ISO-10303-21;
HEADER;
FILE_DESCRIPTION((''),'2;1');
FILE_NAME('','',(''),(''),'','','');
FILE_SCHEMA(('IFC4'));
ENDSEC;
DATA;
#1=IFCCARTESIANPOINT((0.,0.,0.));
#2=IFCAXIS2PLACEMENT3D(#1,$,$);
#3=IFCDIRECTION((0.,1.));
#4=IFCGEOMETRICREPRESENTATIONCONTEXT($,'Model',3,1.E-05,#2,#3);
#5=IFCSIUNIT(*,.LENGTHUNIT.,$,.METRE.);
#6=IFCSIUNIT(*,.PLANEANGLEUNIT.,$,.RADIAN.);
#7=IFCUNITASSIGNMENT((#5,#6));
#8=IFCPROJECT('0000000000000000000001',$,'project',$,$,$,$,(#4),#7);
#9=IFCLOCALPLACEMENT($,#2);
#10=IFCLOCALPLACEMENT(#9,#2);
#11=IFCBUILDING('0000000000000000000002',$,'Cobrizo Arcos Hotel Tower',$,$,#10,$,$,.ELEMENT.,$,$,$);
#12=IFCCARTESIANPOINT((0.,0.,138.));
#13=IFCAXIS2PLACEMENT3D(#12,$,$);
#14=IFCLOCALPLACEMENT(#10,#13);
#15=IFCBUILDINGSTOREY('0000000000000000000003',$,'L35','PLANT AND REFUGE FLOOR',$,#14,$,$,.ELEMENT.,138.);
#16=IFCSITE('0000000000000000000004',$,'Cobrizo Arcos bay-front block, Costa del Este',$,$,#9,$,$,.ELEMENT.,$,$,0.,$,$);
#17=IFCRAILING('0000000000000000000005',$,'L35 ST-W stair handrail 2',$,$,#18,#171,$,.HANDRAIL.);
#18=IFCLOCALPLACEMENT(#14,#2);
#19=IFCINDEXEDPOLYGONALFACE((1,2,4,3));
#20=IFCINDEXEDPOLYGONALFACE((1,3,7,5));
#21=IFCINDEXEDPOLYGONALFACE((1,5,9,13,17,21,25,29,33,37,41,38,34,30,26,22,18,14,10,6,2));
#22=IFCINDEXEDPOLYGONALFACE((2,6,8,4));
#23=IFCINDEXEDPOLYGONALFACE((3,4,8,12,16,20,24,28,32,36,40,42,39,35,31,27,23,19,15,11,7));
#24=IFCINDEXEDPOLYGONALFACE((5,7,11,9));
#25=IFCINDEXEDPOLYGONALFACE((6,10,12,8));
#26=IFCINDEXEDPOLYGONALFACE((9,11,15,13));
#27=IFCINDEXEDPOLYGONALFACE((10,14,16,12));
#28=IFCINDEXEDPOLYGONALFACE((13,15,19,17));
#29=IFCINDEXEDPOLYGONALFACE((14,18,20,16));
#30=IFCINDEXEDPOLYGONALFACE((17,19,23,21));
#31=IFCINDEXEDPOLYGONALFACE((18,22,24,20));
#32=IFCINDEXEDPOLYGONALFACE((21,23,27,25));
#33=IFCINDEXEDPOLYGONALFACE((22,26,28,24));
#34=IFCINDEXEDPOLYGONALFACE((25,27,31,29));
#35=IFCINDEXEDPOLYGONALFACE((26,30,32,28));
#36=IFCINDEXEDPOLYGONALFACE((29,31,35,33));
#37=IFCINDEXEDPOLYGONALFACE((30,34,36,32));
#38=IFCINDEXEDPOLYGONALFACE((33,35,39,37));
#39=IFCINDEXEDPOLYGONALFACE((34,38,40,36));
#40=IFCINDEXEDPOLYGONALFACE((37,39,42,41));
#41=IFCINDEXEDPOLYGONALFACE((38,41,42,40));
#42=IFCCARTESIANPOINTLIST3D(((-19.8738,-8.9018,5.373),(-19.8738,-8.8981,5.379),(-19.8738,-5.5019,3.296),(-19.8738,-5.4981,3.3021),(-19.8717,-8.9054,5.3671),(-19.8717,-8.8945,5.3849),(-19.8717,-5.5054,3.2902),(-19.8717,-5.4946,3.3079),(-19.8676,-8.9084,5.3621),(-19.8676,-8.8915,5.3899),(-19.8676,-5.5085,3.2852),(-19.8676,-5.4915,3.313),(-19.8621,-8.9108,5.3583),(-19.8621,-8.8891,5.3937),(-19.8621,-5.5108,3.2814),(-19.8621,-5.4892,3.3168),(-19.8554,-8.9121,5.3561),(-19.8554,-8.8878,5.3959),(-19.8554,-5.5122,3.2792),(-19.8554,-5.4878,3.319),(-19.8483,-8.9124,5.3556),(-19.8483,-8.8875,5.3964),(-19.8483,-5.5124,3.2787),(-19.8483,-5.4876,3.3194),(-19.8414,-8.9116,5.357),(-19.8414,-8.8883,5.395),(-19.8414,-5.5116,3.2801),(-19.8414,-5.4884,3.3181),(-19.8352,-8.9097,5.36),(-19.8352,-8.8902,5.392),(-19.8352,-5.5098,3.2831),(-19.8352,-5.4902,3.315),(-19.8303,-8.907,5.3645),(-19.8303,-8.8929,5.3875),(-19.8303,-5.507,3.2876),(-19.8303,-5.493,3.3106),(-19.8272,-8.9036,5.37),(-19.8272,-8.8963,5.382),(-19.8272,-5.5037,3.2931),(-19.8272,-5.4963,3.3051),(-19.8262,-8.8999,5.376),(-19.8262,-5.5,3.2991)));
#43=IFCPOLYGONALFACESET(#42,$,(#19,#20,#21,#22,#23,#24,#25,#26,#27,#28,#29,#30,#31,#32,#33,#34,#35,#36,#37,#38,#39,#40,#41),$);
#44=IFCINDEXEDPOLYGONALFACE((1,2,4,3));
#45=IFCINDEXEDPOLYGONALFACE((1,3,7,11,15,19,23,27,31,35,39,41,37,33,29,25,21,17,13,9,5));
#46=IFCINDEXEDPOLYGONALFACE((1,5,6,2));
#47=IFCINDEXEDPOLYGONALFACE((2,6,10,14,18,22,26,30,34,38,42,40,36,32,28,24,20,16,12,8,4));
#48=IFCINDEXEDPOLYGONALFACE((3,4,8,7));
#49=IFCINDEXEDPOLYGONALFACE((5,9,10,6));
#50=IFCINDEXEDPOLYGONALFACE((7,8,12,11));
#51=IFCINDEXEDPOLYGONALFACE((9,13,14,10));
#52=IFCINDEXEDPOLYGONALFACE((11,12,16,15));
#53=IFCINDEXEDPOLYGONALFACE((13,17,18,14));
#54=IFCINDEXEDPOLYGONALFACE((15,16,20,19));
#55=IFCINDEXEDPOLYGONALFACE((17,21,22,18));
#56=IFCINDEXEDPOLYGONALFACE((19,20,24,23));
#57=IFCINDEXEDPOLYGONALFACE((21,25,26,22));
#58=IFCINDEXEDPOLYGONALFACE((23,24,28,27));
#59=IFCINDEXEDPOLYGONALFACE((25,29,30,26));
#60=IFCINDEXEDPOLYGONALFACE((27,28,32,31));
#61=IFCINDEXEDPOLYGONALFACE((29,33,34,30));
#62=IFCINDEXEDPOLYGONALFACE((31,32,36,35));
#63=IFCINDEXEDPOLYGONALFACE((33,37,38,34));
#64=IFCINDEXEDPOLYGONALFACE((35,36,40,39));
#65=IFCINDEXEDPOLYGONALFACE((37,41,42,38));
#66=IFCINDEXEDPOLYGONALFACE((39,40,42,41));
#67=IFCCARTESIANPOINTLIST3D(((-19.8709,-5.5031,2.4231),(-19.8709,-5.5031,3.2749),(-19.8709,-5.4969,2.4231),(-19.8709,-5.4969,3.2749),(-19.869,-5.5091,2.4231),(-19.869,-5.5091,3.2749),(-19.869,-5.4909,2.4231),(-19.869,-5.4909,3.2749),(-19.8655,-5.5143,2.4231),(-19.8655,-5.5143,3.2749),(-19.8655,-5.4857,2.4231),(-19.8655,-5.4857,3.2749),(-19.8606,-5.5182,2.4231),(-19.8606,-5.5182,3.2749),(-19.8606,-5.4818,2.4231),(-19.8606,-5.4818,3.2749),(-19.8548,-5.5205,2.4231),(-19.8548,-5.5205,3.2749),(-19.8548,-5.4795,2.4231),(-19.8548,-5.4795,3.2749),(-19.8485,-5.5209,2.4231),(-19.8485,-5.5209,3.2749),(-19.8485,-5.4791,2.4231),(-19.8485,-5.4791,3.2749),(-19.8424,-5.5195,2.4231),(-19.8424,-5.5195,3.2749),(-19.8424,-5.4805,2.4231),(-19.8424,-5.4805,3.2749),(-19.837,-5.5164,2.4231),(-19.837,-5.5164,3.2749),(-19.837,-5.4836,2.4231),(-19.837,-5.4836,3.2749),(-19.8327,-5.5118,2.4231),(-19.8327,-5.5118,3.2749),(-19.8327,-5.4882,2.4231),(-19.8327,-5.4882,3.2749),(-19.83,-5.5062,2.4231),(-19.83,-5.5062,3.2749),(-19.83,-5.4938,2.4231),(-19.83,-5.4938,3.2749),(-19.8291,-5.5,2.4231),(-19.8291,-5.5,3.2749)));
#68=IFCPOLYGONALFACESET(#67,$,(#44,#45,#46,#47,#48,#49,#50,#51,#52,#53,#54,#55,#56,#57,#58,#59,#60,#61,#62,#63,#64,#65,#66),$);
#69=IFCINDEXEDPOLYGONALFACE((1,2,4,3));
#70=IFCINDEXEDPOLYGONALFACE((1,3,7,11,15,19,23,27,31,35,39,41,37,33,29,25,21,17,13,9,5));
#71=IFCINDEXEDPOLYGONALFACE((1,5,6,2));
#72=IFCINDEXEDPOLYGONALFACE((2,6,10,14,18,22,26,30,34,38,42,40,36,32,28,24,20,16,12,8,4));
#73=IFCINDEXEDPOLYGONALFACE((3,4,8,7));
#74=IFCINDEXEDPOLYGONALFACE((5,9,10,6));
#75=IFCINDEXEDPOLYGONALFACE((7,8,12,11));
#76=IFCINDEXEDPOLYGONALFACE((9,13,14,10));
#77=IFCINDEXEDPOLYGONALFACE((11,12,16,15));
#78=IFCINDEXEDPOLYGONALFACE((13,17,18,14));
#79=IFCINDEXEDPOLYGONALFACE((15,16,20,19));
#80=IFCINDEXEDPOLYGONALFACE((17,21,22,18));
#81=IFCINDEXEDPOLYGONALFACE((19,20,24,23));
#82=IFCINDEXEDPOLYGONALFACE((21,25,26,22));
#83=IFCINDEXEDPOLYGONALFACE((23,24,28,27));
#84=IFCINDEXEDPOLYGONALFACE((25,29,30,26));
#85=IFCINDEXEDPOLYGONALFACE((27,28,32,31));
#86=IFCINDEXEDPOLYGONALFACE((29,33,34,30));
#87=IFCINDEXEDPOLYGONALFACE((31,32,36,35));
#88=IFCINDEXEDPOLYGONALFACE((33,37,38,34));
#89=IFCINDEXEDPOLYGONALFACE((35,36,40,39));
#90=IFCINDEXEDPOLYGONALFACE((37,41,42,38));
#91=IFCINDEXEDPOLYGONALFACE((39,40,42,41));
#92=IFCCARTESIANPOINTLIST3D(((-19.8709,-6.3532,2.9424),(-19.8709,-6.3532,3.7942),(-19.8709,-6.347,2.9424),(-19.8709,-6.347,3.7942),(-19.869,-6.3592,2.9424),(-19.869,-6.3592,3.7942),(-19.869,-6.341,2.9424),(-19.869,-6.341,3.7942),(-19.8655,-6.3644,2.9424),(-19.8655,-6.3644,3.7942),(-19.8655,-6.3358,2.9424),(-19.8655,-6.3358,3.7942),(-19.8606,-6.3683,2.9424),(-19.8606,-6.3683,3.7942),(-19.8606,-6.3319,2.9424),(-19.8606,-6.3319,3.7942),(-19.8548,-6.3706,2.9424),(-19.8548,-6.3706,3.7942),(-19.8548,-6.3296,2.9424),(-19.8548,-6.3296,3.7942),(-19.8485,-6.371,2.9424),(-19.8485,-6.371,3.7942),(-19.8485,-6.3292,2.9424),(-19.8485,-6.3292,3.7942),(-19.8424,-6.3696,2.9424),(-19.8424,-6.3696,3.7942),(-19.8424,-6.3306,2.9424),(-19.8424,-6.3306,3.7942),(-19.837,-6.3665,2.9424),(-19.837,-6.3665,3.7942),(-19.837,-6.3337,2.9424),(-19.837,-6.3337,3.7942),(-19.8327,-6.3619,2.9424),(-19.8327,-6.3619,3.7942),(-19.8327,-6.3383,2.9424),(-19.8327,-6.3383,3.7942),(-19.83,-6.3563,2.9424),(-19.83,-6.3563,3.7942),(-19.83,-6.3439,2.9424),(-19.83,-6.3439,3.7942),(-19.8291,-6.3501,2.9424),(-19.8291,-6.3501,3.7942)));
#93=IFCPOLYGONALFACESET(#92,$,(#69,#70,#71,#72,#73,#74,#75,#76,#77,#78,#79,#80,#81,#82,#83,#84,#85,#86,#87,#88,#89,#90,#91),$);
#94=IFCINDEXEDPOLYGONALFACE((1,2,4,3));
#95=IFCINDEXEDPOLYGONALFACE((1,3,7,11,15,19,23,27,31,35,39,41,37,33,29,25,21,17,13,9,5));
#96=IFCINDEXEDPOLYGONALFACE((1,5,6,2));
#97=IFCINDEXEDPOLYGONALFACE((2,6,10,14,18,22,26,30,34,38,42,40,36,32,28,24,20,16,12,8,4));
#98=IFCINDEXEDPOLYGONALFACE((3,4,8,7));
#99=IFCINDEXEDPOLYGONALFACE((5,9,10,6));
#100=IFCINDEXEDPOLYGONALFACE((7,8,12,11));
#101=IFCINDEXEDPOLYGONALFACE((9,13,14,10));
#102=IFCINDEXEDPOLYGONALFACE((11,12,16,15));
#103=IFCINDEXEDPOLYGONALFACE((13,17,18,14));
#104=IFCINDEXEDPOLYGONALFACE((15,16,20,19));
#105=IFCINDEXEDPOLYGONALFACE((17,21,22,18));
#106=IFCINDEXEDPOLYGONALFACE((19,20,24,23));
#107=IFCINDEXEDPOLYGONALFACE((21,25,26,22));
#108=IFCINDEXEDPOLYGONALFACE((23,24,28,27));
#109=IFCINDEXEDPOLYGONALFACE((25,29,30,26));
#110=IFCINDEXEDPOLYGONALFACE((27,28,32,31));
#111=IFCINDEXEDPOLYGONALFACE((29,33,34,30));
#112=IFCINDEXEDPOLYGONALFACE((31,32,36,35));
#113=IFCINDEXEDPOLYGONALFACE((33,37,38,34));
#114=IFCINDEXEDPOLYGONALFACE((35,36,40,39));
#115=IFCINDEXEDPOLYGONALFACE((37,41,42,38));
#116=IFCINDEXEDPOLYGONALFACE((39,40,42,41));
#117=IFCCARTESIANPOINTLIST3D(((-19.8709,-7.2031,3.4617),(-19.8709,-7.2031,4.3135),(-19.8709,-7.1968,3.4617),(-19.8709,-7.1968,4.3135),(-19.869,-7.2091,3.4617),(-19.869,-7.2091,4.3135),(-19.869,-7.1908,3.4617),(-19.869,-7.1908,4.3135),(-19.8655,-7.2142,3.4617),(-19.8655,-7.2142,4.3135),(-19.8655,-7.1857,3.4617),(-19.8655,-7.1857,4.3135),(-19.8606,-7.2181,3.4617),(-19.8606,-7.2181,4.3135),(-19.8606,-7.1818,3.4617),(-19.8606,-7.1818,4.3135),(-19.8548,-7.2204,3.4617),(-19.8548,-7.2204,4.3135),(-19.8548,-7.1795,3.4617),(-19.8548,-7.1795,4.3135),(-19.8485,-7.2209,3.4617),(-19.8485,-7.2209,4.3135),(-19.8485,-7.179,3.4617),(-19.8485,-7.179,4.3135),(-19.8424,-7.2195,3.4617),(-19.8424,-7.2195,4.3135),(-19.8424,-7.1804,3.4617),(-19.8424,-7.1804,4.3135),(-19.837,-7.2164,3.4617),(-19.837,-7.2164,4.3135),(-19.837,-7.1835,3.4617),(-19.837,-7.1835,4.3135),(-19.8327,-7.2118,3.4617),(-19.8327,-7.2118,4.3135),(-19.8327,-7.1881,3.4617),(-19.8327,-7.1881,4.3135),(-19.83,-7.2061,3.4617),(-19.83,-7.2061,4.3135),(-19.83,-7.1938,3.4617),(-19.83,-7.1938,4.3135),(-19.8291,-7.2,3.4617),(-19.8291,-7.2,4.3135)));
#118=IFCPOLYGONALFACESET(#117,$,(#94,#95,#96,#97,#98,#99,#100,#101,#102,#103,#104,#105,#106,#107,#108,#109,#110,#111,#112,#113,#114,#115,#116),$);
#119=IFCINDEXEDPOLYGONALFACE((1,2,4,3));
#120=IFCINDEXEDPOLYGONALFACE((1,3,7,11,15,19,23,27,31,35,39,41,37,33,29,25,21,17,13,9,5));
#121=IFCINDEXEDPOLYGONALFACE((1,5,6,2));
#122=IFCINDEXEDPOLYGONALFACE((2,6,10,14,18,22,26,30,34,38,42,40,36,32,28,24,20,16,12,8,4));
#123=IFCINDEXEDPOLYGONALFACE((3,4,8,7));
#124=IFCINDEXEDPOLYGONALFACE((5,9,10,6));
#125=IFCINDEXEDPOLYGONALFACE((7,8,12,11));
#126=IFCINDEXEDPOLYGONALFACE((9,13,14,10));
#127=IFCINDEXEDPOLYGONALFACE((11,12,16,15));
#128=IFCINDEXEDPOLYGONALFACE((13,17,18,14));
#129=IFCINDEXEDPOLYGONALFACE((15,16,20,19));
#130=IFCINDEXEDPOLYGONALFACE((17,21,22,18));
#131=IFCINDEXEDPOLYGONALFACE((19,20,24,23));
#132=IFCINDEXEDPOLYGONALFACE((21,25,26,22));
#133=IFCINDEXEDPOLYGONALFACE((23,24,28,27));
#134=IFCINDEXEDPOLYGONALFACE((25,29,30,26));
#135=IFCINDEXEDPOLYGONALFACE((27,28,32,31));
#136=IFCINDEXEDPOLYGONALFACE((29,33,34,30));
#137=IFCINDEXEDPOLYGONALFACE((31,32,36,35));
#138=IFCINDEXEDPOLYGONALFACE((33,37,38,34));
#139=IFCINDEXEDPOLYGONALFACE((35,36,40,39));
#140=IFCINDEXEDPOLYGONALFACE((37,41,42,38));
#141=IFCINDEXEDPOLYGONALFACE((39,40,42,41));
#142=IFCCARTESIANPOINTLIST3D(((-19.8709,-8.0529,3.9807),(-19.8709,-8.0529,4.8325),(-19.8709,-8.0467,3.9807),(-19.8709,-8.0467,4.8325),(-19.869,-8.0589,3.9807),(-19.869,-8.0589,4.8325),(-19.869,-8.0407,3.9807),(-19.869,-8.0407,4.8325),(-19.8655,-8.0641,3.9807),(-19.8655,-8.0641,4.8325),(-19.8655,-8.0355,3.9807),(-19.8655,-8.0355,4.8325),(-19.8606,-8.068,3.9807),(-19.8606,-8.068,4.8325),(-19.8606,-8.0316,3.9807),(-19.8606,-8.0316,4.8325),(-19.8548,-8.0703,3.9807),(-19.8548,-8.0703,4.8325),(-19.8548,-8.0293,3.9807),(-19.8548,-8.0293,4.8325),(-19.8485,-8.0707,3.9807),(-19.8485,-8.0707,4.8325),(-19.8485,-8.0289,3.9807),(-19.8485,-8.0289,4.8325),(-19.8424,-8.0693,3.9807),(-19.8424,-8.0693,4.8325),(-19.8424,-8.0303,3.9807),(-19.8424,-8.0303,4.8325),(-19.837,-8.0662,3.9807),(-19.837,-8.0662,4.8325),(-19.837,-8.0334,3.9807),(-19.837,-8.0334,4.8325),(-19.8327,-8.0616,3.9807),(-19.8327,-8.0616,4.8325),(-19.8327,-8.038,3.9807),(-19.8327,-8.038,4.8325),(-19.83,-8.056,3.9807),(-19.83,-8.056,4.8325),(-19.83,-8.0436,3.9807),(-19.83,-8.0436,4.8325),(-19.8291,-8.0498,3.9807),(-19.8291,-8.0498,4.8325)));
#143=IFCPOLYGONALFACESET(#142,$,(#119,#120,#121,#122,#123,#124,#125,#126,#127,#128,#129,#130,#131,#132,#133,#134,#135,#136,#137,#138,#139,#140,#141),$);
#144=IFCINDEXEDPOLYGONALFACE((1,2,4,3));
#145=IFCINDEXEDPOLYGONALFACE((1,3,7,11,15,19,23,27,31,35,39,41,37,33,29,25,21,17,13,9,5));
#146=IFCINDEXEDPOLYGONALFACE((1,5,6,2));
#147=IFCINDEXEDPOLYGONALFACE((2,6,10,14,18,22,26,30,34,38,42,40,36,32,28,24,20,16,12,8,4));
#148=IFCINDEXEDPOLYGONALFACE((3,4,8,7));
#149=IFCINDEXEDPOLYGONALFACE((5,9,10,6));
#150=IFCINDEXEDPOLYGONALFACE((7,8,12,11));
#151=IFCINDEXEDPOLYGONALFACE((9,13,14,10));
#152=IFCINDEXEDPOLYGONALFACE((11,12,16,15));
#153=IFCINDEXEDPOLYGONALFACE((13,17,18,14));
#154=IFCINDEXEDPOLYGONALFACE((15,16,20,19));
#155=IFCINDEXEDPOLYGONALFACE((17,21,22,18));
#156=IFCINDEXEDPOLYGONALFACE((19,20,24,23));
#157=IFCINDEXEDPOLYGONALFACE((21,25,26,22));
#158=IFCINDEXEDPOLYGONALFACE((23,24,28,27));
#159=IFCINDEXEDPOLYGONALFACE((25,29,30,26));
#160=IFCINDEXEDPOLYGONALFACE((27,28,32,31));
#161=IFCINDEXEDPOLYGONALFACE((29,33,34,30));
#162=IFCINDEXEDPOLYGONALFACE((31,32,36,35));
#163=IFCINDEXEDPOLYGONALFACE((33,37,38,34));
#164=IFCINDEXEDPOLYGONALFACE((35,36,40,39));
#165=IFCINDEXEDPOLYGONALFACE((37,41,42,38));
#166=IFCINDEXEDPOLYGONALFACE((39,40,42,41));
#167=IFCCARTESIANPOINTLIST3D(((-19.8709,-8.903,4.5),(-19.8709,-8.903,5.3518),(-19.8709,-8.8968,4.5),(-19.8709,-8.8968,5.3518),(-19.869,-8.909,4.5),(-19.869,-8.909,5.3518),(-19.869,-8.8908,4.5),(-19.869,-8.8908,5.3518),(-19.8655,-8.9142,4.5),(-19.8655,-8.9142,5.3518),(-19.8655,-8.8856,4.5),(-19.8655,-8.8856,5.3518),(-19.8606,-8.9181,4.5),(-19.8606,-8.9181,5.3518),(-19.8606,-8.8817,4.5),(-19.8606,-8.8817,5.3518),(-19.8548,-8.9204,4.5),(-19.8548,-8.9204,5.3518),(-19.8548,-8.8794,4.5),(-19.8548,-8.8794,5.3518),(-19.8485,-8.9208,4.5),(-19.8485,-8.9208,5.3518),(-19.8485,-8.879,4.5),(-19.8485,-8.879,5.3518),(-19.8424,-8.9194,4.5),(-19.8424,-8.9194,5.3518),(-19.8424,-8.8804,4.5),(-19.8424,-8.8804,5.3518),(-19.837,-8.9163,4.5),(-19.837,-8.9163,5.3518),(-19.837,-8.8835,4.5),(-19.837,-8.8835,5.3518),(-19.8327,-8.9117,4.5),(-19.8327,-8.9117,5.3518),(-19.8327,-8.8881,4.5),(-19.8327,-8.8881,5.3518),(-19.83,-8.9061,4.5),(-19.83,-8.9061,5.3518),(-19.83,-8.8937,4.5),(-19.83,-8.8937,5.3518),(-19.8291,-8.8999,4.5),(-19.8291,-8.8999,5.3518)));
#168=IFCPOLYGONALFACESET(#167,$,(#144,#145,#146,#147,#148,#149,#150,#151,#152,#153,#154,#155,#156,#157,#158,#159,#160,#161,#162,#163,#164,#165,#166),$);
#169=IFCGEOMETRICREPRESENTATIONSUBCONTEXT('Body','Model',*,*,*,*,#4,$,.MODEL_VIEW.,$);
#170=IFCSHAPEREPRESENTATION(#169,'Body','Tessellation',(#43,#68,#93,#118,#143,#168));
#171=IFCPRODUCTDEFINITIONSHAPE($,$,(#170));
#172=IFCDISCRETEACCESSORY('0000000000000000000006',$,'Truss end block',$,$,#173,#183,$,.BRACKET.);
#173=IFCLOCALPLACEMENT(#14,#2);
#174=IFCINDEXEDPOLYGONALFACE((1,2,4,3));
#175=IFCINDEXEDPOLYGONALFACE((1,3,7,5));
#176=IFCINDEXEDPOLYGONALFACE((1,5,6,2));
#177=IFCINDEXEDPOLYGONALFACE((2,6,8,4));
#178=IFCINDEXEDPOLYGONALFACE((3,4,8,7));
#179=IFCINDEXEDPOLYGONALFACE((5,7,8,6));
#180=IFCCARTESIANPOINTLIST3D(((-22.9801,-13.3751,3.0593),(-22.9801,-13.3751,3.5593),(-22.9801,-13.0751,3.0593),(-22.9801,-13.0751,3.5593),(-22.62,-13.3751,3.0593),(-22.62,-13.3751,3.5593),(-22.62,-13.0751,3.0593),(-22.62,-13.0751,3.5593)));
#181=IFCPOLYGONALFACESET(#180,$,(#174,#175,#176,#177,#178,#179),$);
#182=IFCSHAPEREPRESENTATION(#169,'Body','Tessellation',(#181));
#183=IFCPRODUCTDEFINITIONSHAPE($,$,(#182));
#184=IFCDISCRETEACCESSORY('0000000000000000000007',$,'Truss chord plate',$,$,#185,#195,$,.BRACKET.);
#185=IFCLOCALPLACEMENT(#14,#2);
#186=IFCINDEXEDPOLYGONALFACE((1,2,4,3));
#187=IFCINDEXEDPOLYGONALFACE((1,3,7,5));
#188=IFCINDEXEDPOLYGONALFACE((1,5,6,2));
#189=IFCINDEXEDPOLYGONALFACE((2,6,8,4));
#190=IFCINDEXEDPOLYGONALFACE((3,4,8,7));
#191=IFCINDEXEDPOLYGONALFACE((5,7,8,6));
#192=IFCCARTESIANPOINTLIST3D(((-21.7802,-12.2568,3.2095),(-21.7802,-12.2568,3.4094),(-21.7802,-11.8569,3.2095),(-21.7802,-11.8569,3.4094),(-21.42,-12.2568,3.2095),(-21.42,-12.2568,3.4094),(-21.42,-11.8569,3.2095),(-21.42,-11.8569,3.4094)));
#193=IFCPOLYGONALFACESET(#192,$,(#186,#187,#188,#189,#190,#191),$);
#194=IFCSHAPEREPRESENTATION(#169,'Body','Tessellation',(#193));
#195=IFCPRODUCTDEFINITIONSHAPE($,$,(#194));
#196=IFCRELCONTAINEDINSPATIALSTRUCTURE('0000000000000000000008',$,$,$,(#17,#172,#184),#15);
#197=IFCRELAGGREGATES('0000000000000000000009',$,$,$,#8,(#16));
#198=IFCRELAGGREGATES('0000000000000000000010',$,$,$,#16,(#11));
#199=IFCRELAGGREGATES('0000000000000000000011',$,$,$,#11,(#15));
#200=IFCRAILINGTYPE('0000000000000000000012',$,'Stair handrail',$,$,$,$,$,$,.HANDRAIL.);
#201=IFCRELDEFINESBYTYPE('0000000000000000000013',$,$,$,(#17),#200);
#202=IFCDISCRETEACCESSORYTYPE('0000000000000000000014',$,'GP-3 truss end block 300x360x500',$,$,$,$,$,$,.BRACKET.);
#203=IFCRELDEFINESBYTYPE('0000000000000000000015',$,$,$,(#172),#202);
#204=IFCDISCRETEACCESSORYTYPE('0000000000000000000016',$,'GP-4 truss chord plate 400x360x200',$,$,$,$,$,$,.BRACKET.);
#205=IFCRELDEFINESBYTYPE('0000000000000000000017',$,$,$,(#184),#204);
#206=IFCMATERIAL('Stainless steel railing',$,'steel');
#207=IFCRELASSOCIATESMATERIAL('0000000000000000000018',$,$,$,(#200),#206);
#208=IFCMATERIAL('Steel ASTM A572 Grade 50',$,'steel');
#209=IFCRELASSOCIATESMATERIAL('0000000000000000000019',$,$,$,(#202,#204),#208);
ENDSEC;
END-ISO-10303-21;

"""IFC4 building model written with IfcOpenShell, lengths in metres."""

from ifc_helpers import new_model, si_unit, direction, frame, origin, origin_2d, place, context, subcontext, project, spatial, rectangle, circle, extrude, material, type_object, element, save


model = new_model("IFC4")

# Units and contexts
model_context = context("Model", 3, precision=1e-05, world=origin(), true_north=direction((0.0, 1.0)))
body_context = subcontext(model_context, "Body", "Model", "MODEL_VIEW")
ifc_project = project(units=[si_unit("LENGTHUNIT", "METRE"), si_unit("PLANEANGLEUNIT", "RADIAN")], contexts=[model_context])

# Site, building, storey
site_placement = place(None, origin())
site = spatial("IfcSite", under=ifc_project, at=site_placement, Name="Cobrizo Arcos bay-front block, Costa del Este", CompositionType="ELEMENT", RefElevation=0.0)
building_placement = place(site_placement, origin())
building = spatial("IfcBuilding", under=site, at=building_placement, Name="Cobrizo Arcos Hotel Tower", CompositionType="ELEMENT")
storey_placement = place(building_placement, frame((0.0, 0.0, 138.0)))
storey = spatial("IfcBuildingStorey", under=building, at=storey_placement, Name="L35", Description="PLANT AND REFUGE FLOOR", CompositionType="ELEMENT", Elevation=138.0)

# Railing
ifc_material_1 = material(Name="Stainless steel railing", Category="steel")
railing_type_1 = type_object("IfcRailingType", Name="Stair handrail", PredefinedType="HANDRAIL", material=ifc_material_1)
railing_1_placement = place(storey_placement, frame((-19.8501, -5.5, 2.4231)))
element("IfcRailing", 1, at=railing_1_placement, inside=storey, type_object=railing_type_1, Name="L35 ST-W stair handrail 2", PredefinedType="HANDRAIL", context=body_context, shape_type="SweptSolid", body=[
    extrude(circle(Radius=0.0239, at=origin_2d()), frame((0.0, 0.0, 0.876), z_axis=(0.0, -0.853373, 0.521301), x_axis=(1.0, 0.0, 0.0)), (0.0, 0.0, 1.0), 3.9841),
    extrude(circle(Radius=0.021, at=origin_2d()), origin(), (0.0, 0.0, 1.0), 0.8518),
    extrude(circle(Radius=0.021, at=origin_2d()), frame((0.0, -0.8501, 0.5193)), (0.0, 0.0, 1.0), 0.8518),
    extrude(circle(Radius=0.021, at=origin_2d()), frame((0.0, -1.7, 1.0386)), (0.0, 0.0, 1.0), 0.8518),
    extrude(circle(Radius=0.021, at=origin_2d()), frame((0.0, -2.5498, 1.5576)), (0.0, 0.0, 1.0), 0.8518),
    extrude(circle(Radius=0.021, at=origin_2d()), frame((0.0, -3.3999, 2.0769)), (0.0, 0.0, 1.0), 0.8518),
])

# Discrete accessories
ifc_material_2 = material(Name="Steel ASTM A572 Grade 50", Category="steel")
discrete_accessory_type_1 = type_object("IfcDiscreteAccessoryType", Name="GP-3 truss end block 300x360x500", PredefinedType="BRACKET", material=ifc_material_2)
discrete_accessory_1_placement = place(storey_placement, frame((-22.8, -13.2251, 3.0593), z_axis=(0.0, 0.0, 1.0), x_axis=(0.0, 1.0, 0.0)))
element("IfcDiscreteAccessory", 2, at=discrete_accessory_1_placement, inside=storey, type_object=discrete_accessory_type_1, Name="Truss end block", PredefinedType="BRACKET", context=body_context, shape_type="SweptSolid", body=[
    extrude(rectangle(XDim=0.3, YDim=0.3601, at=origin_2d()), origin(), (0.0, 0.0, 1.0), 0.5),
])
discrete_accessory_type_2 = type_object("IfcDiscreteAccessoryType", Name="GP-4 truss chord plate 400x360x200", PredefinedType="BRACKET", material=ifc_material_2)
discrete_accessory_2_placement = place(storey_placement, frame((-21.6001, -12.0569, 3.2095), z_axis=(0.0, 0.0, 1.0), x_axis=(0.0, -1.0, 0.0)))
element("IfcDiscreteAccessory", 3, at=discrete_accessory_2_placement, inside=storey, type_object=discrete_accessory_type_2, Name="Truss chord plate", PredefinedType="BRACKET", context=body_context, shape_type="SweptSolid", body=[
    extrude(rectangle(XDim=0.3999, YDim=0.3601, at=origin_2d()), origin(), (0.0, 0.0, 1.0), 0.2),
])

save(model, "model.ifc")
